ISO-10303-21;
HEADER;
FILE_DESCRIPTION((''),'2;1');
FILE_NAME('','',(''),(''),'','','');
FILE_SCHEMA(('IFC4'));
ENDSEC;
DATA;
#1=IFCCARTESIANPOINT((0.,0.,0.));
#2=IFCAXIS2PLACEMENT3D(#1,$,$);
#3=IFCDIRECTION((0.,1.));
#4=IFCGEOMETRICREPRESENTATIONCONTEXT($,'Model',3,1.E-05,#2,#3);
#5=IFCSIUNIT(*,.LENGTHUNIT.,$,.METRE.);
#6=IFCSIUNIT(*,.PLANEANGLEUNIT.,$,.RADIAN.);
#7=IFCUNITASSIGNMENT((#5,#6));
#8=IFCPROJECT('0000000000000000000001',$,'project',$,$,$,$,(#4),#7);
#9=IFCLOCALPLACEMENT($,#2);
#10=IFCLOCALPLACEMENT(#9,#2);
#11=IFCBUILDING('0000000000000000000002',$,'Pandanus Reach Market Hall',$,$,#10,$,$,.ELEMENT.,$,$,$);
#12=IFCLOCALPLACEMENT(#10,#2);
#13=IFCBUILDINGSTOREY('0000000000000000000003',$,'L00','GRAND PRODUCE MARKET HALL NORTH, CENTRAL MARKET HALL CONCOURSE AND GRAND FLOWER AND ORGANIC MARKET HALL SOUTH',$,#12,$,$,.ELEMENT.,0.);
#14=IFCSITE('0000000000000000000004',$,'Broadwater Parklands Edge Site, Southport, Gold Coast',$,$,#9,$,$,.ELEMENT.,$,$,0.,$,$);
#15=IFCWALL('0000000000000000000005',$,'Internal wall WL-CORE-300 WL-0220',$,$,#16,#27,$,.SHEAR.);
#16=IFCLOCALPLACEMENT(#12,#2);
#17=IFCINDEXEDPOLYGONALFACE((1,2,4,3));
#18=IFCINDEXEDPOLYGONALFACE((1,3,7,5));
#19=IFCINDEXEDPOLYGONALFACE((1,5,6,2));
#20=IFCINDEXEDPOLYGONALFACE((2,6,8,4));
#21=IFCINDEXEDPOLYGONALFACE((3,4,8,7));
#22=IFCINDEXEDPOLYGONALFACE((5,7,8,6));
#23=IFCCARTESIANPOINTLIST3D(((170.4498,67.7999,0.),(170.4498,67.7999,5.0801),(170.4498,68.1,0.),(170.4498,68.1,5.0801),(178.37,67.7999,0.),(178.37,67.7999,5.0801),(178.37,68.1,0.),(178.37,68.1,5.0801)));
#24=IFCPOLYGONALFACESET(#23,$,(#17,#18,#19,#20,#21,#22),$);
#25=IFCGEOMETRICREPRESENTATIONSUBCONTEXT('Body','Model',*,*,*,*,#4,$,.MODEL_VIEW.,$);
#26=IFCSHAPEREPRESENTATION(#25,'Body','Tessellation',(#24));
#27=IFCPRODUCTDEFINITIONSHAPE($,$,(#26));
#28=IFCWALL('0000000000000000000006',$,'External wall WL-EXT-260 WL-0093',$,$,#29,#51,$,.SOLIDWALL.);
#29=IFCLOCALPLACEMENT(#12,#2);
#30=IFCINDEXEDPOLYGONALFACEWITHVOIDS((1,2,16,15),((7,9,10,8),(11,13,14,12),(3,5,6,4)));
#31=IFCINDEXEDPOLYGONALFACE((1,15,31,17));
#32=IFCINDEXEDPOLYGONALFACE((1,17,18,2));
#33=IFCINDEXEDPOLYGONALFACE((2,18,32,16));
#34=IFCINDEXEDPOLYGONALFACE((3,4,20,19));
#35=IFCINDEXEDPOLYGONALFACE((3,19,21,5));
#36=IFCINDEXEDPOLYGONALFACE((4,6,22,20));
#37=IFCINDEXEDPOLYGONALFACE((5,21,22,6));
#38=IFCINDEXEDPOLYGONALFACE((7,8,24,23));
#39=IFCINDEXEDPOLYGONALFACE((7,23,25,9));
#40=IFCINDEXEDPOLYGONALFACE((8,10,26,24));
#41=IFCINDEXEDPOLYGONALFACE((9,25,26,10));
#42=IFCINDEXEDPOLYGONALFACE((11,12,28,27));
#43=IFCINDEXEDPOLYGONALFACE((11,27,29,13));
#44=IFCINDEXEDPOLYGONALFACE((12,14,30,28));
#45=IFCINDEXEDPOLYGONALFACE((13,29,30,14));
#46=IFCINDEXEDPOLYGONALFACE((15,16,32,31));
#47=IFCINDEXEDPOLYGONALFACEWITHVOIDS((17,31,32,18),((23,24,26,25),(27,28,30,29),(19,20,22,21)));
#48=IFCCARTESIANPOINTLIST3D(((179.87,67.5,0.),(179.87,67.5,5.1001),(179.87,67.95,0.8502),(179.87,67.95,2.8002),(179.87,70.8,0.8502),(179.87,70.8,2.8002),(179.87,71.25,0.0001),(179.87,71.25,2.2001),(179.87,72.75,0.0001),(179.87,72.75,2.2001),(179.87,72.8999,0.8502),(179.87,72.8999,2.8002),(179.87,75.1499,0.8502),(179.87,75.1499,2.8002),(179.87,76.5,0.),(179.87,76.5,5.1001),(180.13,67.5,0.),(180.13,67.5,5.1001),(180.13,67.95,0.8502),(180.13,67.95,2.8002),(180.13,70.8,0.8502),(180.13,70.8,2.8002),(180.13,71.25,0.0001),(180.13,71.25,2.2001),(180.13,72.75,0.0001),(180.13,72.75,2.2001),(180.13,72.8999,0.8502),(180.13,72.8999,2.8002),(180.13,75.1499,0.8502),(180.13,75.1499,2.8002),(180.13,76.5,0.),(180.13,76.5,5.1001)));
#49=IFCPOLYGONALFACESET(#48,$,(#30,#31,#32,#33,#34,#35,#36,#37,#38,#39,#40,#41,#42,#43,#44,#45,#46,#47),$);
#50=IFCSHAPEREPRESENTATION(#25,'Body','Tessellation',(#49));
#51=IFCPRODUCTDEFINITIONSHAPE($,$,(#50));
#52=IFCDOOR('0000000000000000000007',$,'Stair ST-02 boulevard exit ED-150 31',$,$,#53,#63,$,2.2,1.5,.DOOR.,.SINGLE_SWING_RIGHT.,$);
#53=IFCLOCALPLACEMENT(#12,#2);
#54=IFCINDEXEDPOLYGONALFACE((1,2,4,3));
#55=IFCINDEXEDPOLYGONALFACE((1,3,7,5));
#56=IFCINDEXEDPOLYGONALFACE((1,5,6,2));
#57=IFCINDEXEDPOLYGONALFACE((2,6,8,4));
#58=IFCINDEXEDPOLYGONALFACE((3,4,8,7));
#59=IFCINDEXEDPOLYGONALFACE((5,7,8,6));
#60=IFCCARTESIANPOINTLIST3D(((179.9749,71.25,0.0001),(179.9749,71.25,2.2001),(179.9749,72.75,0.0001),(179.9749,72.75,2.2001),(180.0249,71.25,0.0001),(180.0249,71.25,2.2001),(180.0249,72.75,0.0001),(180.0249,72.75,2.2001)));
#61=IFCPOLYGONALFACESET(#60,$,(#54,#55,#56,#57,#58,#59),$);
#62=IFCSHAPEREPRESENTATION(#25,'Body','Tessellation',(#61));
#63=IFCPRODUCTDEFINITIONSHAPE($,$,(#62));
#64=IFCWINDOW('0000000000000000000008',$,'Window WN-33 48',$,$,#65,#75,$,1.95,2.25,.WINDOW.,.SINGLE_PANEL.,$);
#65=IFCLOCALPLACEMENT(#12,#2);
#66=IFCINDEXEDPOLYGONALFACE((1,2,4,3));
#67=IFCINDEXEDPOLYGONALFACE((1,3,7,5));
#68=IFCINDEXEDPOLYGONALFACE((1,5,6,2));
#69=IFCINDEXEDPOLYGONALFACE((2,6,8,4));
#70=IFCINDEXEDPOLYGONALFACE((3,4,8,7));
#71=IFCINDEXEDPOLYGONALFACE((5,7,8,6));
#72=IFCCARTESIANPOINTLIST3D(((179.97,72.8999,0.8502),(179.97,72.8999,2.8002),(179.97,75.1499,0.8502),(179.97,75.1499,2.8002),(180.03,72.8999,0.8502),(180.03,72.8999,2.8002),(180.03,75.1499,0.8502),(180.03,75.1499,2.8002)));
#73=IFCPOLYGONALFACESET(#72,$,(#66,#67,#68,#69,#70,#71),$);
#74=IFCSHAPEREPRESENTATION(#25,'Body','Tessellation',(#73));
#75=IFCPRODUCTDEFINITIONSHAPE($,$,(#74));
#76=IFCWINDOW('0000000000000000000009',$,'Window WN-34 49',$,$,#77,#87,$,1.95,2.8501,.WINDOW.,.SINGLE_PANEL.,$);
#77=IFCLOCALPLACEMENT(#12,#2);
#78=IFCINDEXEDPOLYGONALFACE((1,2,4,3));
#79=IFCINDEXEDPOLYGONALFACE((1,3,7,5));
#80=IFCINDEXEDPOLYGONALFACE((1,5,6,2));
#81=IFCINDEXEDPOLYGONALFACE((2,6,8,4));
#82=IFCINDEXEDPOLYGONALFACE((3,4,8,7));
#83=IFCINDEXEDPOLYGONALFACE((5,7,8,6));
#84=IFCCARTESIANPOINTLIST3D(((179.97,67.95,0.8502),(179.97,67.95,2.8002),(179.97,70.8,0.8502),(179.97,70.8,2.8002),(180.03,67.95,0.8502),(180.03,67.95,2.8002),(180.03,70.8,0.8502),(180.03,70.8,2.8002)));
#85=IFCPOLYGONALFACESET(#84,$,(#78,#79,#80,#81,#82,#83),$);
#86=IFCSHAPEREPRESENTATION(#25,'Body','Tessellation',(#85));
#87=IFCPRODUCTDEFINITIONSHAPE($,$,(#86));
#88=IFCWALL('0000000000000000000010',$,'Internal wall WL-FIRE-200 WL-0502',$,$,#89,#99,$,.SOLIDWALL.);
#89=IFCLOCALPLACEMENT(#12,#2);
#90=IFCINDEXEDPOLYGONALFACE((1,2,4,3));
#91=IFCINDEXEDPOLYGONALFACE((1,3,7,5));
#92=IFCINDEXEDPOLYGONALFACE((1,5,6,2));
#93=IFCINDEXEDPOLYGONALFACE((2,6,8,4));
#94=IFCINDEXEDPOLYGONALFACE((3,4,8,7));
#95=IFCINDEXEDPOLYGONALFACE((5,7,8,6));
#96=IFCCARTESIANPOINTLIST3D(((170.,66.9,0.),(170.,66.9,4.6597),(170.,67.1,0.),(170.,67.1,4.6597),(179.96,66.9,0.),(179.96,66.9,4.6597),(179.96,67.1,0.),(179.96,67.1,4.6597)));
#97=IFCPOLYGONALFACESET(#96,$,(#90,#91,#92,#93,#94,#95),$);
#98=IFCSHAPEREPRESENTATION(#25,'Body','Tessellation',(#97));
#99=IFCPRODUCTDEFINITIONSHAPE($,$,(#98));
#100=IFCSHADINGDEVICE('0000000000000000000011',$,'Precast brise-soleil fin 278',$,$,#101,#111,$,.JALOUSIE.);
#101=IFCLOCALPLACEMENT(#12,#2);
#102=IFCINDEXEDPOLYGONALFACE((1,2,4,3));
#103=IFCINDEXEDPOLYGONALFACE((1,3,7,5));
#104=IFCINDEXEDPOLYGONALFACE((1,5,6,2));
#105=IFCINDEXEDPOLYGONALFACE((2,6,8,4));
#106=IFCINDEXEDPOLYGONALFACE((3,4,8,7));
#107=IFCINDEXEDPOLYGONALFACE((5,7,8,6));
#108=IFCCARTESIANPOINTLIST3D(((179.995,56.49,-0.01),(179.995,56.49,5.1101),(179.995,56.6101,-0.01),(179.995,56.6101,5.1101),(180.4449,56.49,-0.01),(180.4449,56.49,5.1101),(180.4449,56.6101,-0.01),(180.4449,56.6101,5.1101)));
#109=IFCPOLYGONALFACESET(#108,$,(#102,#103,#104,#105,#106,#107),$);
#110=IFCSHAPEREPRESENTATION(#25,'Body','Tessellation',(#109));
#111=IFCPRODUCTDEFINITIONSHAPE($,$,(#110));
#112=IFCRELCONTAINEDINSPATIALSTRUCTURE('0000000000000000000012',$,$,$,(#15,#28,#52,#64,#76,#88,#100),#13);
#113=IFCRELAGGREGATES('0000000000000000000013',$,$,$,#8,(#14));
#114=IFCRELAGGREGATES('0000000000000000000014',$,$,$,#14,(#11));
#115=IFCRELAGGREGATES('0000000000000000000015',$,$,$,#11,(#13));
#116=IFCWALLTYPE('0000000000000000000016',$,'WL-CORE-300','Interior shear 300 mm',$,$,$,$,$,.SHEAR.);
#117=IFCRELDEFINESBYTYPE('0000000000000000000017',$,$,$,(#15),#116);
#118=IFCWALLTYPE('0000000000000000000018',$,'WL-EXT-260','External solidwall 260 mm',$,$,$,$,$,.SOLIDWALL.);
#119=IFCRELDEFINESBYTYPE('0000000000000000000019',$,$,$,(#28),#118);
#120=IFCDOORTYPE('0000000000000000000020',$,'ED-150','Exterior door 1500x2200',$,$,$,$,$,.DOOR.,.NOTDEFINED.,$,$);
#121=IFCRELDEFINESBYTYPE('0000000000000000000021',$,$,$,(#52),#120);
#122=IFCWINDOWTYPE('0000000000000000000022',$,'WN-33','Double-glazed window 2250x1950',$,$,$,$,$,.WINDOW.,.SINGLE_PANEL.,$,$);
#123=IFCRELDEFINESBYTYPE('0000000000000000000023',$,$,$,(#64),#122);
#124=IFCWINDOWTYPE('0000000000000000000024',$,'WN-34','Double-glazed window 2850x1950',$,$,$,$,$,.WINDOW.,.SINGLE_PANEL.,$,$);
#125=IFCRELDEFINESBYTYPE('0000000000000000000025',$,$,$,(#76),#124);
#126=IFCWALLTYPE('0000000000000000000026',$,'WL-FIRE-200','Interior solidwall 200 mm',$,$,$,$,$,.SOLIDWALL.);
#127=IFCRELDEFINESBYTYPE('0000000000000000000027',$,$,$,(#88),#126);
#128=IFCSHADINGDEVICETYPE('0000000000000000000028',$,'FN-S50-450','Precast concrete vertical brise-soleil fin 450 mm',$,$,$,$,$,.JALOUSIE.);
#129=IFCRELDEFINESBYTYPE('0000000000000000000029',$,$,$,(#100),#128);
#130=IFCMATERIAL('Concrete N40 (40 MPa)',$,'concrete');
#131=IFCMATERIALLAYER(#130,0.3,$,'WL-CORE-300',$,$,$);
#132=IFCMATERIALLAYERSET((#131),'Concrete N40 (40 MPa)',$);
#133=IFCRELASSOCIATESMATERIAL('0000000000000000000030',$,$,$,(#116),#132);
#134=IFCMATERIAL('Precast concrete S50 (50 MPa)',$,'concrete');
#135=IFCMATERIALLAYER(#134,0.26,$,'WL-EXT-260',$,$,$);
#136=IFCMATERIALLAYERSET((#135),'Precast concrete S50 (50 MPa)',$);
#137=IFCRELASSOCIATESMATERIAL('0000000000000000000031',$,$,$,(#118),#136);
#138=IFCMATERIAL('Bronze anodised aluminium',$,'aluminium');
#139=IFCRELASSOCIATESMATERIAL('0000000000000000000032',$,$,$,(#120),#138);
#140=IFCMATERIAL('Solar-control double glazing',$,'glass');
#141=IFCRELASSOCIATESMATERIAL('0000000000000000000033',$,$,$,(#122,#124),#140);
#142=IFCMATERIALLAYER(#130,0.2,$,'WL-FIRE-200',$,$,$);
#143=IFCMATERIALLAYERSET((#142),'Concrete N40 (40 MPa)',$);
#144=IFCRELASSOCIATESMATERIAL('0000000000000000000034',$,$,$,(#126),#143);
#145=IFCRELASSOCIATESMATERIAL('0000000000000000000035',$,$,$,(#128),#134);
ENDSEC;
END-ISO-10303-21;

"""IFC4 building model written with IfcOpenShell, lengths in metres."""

from ifc_helpers import new_model, si_unit, direction, frame, frame_2d, origin, origin_2d, place, context, subcontext, project, spatial, rectangle, extrude, material, layer, layer_set, type_object, element, fill, save


model = new_model("IFC4")

# Units and contexts
model_context = context("Model", 3, precision=1e-05, world=origin(), true_north=direction((0.0, 1.0)))
body_context = subcontext(model_context, "Body", "Model", "MODEL_VIEW")
ifc_project = project(units=[si_unit("LENGTHUNIT", "METRE"), si_unit("PLANEANGLEUNIT", "RADIAN")], contexts=[model_context])

# Site, building, storey
site_placement = place(None, origin())
site = spatial("IfcSite", under=ifc_project, at=site_placement, Name="Broadwater Parklands Edge Site, Southport, Gold Coast", CompositionType="ELEMENT", RefElevation=0.0)
building_placement = place(site_placement, origin())
building = spatial("IfcBuilding", under=site, at=building_placement, Name="Pandanus Reach Market Hall", CompositionType="ELEMENT")
storey_placement = place(building_placement, origin())
storey = spatial("IfcBuildingStorey", under=building, at=storey_placement, Name="L00", Description="GRAND PRODUCE MARKET HALL NORTH, CENTRAL MARKET HALL CONCOURSE AND GRAND FLOWER AND ORGANIC MARKET HALL SOUTH", CompositionType="ELEMENT", Elevation=0.0)

# Shared definitions
ifc_material_1 = material(Name="Concrete N40 (40 MPa)", Category="concrete")

# Shared definitions
ifc_material_2 = material(Name="Bronze anodised aluminium", Category="aluminium")

# Shared definitions
ifc_material_3 = material(Name="Solar-control double glazing", Category="glass")

# Wall
ifc_layer_1 = layer(ifc_material_1, 0.3, Name="WL-CORE-300")
ifc_layer_set_1 = layer_set([ifc_layer_1], Name="Concrete N40 (40 MPa)")
wall_type_1 = type_object("IfcWallType", Name="WL-CORE-300", Description="Interior shear 300 mm", PredefinedType="SHEAR", material=ifc_layer_set_1)
wall_1_placement = place(storey_placement, frame((170.45, 67.95, 0.0), z_axis=(0.0, 0.0, 1.0), x_axis=(1.0, 0.0, 0.0)))
element("IfcWall", 1, at=wall_1_placement, inside=storey, type_object=wall_type_1, Name="Internal wall WL-CORE-300 WL-0220", PredefinedType="SHEAR", context=body_context, shape_type="SweptSolid", body=[
    extrude(rectangle(XDim=7.9202, YDim=0.3, at=frame_2d((3.96, 0.0))), origin(), (0.0, 0.0, 1.0), 5.0801),
])

# Shared definitions
ifc_material_4 = material(Name="Precast concrete S50 (50 MPa)", Category="concrete")

# Wall, openings, door, windows
ifc_layer_2 = layer(ifc_material_4, 0.26, Name="WL-EXT-260")
ifc_layer_set_2 = layer_set([ifc_layer_2], Name="Precast concrete S50 (50 MPa)")
wall_type_2 = type_object("IfcWallType", Name="WL-EXT-260", Description="External solidwall 260 mm", PredefinedType="SOLIDWALL", material=ifc_layer_set_2)
wall_2_placement = place(storey_placement, frame((180.0, 67.5, 0.0), z_axis=(0.0, 0.0, 1.0), x_axis=(0.0, 1.0, 0.0)))
wall_2 = element("IfcWall", 2, at=wall_2_placement, inside=storey, type_object=wall_type_2, Name="External wall WL-EXT-260 WL-0093", PredefinedType="SOLIDWALL", context=body_context, shape_type="SweptSolid", body=[
    extrude(rectangle(XDim=9.0, YDim=0.26, at=frame_2d((4.5, 0.0))), origin(), (0.0, 0.0, 1.0), 5.1001),
])
opening_1_placement = place(wall_2_placement, frame((3.75, 0.0, 0.0)))
opening_1 = element("IfcOpeningElement", 3, at=opening_1_placement, cuts=wall_2, PredefinedType="OPENING", context=body_context, shape_type="SweptSolid", body=[
    extrude(rectangle(XDim=1.5, YDim=2.2, at=frame_2d((0.75, 1.1001))), frame((0.0, 0.145, 0.0), z_axis=(0.0, -1.0, 0.0), x_axis=(1.0, 0.0, 0.0)), (0.0, 0.0, 1.0), 0.29),
])
opening_2_placement = place(wall_2_placement, frame((5.3999, 0.0, 0.8501)))
opening_2 = element("IfcOpeningElement", 4, at=opening_2_placement, cuts=wall_2, PredefinedType="OPENING", context=body_context, shape_type="SweptSolid", body=[
    extrude(rectangle(XDim=2.25, YDim=1.95, at=frame_2d((1.125, 0.9751))), frame((0.0, 0.145, 0.0), z_axis=(0.0, -1.0, 0.0), x_axis=(1.0, 0.0, 0.0)), (0.0, 0.0, 1.0), 0.29),
])
opening_3_placement = place(wall_2_placement, frame((0.45, 0.0, 0.8501)))
opening_3 = element("IfcOpeningElement", 5, at=opening_3_placement, cuts=wall_2, PredefinedType="OPENING", context=body_context, shape_type="SweptSolid", body=[
    extrude(rectangle(XDim=2.8501, YDim=1.95, at=frame_2d((1.425, 0.9751))), frame((0.0, 0.145, 0.0), z_axis=(0.0, -1.0, 0.0), x_axis=(1.0, 0.0, 0.0)), (0.0, 0.0, 1.0), 0.29),
])
door_type_1 = type_object("IfcDoorType", Name="ED-150", Description="Exterior door 1500x2200", OperationType="NOTDEFINED", PredefinedType="DOOR", material=ifc_material_2)
door_1_placement = place(opening_1_placement, frame((1.5, 0.0, 0.0), z_axis=(0.0, 0.0, 1.0), x_axis=(-1.0, 0.0, 0.0)))
door_1 = element("IfcDoor", 6, at=door_1_placement, inside=storey, type_object=door_type_1, Name="Stair ST-02 boulevard exit ED-150 31", OperationType="SINGLE_SWING_RIGHT", OverallHeight=2.2, OverallWidth=1.5, PredefinedType="DOOR", context=body_context, shape_type="SweptSolid", body=[
    extrude(rectangle(XDim=1.5, YDim=2.2, at=frame_2d((0.75, 1.1001))), frame((0.0, 0.0249, 0.0), z_axis=(0.0, -1.0, 0.0), x_axis=(1.0, 0.0, 0.0)), (0.0, 0.0, 1.0), 0.05),
])
fill(opening_1, door_1)
window_type_1 = type_object("IfcWindowType", Name="WN-33", Description="Double-glazed window 2250x1950", PartitioningType="SINGLE_PANEL", PredefinedType="WINDOW", material=ifc_material_3)
window_1_placement = place(opening_2_placement, origin())
window_1 = element("IfcWindow", 7, at=window_1_placement, inside=storey, type_object=window_type_1, Name="Window WN-33 48", OverallHeight=1.95, OverallWidth=2.25, PartitioningType="SINGLE_PANEL", PredefinedType="WINDOW", context=body_context, shape_type="SweptSolid", body=[
    extrude(rectangle(XDim=2.25, YDim=1.95, at=frame_2d((1.125, 0.9751))), frame((0.0, 0.03, 0.0), z_axis=(0.0, -1.0, 0.0), x_axis=(1.0, 0.0, 0.0)), (0.0, 0.0, 1.0), 0.0601),
])
fill(opening_2, window_1)
window_type_2 = type_object("IfcWindowType", Name="WN-34", Description="Double-glazed window 2850x1950", PartitioningType="SINGLE_PANEL", PredefinedType="WINDOW", material=ifc_material_3)
window_2_placement = place(opening_3_placement, origin())
window_2 = element("IfcWindow", 8, at=window_2_placement, inside=storey, type_object=window_type_2, Name="Window WN-34 49", OverallHeight=1.95, OverallWidth=2.8501, PartitioningType="SINGLE_PANEL", PredefinedType="WINDOW", context=body_context, shape_type="SweptSolid", body=[
    extrude(rectangle(XDim=2.8501, YDim=1.95, at=frame_2d((1.425, 0.9751))), frame((0.0, 0.03, 0.0), z_axis=(0.0, -1.0, 0.0), x_axis=(1.0, 0.0, 0.0)), (0.0, 0.0, 1.0), 0.0601),
])
fill(opening_3, window_2)

# Wall
ifc_layer_3 = layer(ifc_material_1, 0.2, Name="WL-FIRE-200")
ifc_layer_set_3 = layer_set([ifc_layer_3], Name="Concrete N40 (40 MPa)")
wall_type_3 = type_object("IfcWallType", Name="WL-FIRE-200", Description="Interior solidwall 200 mm", PredefinedType="SOLIDWALL", material=ifc_layer_set_3)
wall_3_placement = place(storey_placement, frame((170.0, 67.0, 0.0), z_axis=(0.0, 0.0, 1.0), x_axis=(1.0, 0.0, 0.0)))
element("IfcWall", 9, at=wall_3_placement, inside=storey, type_object=wall_type_3, Name="Internal wall WL-FIRE-200 WL-0502", PredefinedType="SOLIDWALL", context=body_context, shape_type="SweptSolid", body=[
    extrude(rectangle(XDim=9.96, YDim=0.2, at=frame_2d((4.98, 0.0))), origin(), (0.0, 0.0, 1.0), 4.6597),
])

# Shading device
shading_device_type = type_object("IfcShadingDeviceType", Name="FN-S50-450", Description="Precast concrete vertical brise-soleil fin 450 mm", PredefinedType="JALOUSIE", material=ifc_material_4)
shading_device_placement = place(storey_placement, frame((180.22, 56.55, -0.01), z_axis=(0.0, 0.0, 1.0), x_axis=(1.0, 0.0, 0.0)))
element("IfcShadingDevice", 10, at=shading_device_placement, inside=storey, type_object=shading_device_type, Name="Precast brise-soleil fin 278", PredefinedType="JALOUSIE", context=body_context, shape_type="SweptSolid", body=[
    extrude(rectangle(XDim=0.45, YDim=0.1201, at=origin_2d()), origin(), (0.0, 0.0, 1.0), 5.1201),
])

save(model, "model.ifc")
